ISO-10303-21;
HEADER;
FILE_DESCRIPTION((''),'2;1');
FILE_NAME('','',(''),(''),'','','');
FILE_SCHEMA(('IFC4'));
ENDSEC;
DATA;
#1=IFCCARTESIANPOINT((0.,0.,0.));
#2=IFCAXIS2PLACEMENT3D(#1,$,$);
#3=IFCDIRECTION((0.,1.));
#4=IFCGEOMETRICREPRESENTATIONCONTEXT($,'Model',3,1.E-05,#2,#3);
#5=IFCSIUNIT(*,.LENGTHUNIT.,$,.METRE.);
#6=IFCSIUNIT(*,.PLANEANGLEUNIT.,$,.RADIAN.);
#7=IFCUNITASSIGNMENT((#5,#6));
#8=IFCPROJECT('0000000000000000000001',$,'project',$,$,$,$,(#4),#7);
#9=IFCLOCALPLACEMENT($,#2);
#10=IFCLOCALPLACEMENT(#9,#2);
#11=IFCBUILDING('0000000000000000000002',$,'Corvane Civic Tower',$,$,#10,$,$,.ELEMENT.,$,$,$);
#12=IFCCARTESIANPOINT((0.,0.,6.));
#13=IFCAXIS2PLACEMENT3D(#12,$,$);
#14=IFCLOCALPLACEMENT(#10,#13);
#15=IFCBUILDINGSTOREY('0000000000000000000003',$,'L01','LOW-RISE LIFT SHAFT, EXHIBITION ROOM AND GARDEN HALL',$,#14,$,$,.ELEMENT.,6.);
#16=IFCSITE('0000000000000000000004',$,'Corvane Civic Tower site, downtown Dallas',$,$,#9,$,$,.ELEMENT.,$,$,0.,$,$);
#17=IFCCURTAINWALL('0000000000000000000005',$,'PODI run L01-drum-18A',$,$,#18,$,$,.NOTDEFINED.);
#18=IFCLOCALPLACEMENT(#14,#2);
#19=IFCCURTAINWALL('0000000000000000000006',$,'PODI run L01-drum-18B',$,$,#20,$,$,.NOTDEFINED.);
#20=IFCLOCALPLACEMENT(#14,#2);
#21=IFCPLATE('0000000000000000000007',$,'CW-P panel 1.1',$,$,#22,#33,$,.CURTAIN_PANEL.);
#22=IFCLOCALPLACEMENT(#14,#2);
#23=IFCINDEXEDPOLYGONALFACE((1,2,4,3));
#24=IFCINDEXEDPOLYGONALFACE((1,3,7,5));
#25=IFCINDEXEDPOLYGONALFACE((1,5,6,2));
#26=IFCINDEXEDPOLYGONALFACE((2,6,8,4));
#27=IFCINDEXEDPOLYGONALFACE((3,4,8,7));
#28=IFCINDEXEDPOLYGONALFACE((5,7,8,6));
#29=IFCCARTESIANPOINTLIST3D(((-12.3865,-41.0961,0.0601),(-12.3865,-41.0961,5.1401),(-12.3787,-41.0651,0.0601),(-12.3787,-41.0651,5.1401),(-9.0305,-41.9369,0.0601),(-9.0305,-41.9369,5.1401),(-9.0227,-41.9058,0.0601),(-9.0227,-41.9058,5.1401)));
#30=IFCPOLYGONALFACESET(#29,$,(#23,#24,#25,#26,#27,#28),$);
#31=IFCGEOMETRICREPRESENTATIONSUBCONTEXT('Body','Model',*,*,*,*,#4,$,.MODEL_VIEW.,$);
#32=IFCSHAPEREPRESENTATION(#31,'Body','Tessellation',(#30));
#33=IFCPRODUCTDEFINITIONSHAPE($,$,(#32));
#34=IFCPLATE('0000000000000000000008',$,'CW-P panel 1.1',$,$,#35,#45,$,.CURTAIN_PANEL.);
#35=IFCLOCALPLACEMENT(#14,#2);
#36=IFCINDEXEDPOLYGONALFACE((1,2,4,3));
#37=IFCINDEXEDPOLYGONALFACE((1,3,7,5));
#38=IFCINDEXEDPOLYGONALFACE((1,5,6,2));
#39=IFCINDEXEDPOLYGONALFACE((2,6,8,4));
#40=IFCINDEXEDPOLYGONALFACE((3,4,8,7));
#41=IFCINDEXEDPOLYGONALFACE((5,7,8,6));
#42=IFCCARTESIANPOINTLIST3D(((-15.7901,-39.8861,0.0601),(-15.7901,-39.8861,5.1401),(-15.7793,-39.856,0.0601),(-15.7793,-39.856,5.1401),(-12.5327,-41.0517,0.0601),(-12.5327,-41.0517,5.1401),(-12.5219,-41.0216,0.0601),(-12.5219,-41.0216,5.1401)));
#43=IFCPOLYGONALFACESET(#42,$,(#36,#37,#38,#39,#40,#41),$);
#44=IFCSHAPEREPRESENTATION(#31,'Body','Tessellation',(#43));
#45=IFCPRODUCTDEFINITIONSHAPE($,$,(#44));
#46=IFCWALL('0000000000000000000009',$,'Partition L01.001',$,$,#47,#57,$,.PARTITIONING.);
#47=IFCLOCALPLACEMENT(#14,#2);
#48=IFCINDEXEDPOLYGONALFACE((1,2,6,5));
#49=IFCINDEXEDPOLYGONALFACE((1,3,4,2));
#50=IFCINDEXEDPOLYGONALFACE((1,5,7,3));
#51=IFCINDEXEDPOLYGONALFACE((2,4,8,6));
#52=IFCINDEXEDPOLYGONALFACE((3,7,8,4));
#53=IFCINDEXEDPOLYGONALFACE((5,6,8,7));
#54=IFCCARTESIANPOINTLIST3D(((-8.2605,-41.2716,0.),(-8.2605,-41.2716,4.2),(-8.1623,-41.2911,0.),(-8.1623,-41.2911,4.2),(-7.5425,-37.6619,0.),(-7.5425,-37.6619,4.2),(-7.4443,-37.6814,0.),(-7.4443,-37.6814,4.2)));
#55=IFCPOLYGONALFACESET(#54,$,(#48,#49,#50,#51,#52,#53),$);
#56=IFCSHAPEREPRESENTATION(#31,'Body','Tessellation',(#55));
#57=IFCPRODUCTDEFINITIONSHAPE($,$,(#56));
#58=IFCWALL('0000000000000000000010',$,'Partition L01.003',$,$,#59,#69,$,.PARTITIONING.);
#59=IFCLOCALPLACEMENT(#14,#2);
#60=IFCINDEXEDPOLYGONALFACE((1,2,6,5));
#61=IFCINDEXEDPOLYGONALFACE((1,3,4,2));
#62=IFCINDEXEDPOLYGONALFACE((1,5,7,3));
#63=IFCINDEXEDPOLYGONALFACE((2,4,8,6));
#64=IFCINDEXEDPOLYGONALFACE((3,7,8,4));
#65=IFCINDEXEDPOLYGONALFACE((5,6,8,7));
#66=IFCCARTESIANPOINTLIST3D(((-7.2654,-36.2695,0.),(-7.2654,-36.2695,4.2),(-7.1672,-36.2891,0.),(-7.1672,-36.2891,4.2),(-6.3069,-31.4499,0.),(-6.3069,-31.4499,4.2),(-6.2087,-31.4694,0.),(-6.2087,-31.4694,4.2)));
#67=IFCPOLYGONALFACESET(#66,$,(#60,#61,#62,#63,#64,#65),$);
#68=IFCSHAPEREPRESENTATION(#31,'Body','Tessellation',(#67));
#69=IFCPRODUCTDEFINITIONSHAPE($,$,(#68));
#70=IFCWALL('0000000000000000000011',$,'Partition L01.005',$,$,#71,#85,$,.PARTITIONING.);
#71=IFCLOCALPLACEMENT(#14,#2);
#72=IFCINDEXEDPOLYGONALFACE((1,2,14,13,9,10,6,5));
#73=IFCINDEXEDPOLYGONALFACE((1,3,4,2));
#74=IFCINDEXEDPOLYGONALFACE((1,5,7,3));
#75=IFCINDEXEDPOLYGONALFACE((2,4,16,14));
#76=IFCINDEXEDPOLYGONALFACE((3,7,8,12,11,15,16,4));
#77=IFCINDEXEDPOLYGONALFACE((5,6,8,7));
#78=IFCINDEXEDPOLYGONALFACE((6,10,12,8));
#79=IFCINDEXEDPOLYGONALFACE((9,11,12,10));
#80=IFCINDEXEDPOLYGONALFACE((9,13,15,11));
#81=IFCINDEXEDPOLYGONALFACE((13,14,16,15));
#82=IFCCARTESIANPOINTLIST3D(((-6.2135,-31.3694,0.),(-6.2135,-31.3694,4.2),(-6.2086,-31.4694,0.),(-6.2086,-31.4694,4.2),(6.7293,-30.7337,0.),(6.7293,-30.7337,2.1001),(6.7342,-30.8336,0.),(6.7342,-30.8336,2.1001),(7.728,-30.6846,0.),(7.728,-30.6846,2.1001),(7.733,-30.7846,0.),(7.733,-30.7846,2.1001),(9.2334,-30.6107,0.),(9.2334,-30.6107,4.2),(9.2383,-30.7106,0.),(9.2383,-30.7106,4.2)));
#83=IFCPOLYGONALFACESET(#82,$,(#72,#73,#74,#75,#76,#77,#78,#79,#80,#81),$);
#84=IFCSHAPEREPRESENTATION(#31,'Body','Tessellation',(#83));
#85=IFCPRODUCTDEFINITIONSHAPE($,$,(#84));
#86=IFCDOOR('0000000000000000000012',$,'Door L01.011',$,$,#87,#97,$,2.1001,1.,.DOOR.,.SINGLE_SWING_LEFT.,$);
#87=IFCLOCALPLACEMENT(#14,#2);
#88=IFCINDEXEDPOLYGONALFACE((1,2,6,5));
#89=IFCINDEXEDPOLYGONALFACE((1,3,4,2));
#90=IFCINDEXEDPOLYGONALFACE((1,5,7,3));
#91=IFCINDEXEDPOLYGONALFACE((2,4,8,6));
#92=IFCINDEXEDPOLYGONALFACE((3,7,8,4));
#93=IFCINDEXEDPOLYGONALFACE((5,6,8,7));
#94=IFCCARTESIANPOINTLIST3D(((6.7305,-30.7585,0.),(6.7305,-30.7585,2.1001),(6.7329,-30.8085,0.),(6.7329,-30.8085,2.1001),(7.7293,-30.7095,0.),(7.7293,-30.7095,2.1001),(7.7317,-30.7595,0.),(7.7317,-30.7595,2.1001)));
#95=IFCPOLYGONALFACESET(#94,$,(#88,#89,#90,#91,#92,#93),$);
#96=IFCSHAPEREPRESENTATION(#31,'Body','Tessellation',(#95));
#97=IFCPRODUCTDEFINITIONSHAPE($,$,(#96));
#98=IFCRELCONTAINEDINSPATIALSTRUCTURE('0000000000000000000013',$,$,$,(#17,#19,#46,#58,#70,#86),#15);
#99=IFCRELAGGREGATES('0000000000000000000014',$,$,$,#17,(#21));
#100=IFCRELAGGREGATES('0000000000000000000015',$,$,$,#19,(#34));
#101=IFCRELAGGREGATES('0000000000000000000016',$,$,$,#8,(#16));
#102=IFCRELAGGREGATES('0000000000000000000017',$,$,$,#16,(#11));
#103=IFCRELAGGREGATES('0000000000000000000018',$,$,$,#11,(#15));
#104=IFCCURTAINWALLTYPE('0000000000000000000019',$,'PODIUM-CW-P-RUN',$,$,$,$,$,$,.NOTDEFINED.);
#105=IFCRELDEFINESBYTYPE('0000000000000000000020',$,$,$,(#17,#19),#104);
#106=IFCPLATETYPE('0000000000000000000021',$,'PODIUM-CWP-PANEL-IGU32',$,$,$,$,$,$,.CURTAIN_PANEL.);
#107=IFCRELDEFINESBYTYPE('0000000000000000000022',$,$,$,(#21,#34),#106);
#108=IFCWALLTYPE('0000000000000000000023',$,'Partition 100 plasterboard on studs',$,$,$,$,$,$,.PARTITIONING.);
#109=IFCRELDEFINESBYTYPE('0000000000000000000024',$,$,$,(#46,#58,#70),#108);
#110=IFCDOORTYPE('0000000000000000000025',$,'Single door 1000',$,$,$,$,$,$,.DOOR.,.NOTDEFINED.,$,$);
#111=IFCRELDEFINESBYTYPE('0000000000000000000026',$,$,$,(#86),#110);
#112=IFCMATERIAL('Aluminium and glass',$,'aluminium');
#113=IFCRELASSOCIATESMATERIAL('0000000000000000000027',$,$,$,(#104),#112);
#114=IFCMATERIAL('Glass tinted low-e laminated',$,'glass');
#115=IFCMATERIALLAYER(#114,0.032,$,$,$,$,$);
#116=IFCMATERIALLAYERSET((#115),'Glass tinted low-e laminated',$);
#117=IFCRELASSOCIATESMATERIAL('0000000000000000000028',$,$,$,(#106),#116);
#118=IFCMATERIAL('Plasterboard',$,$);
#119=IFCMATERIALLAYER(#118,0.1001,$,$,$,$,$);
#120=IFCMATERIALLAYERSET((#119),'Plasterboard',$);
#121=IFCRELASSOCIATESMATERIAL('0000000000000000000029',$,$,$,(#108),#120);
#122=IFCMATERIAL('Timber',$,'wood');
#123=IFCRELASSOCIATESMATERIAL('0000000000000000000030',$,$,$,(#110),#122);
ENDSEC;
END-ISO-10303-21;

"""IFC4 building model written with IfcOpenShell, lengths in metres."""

from ifc_helpers import new_model, si_unit, direction, frame, frame_2d, origin, origin_2d, place, context, subcontext, project, spatial, rectangle, extrude, material, layer, layer_set, type_object, element, fill, aggregate, save


model = new_model("IFC4")

# Units and contexts
model_context = context("Model", 3, precision=1e-05, world=origin(), true_north=direction((0.0, 1.0)))
body_context = subcontext(model_context, "Body", "Model", "MODEL_VIEW")
ifc_project = project(units=[si_unit("LENGTHUNIT", "METRE"), si_unit("PLANEANGLEUNIT", "RADIAN")], contexts=[model_context])

# Site, building, storey
site_placement = place(None, origin())
site = spatial("IfcSite", under=ifc_project, at=site_placement, Name="Corvane Civic Tower site, downtown Dallas", CompositionType="ELEMENT", RefElevation=0.0)
building_placement = place(site_placement, origin())
building = spatial("IfcBuilding", under=site, at=building_placement, Name="Corvane Civic Tower", CompositionType="ELEMENT")
storey_placement = place(building_placement, frame((0.0, 0.0, 6.0)))
storey = spatial("IfcBuildingStorey", under=building, at=storey_placement, Name="L01", Description="LOW-RISE LIFT SHAFT, EXHIBITION ROOM AND GARDEN HALL", CompositionType="ELEMENT", Elevation=6.0)

# Curtain wall
ifc_material_1 = material(Name="Aluminium and glass", Category="aluminium")
curtain_wall_type = type_object("IfcCurtainWallType", Name="PODIUM-CW-P-RUN", PredefinedType="NOTDEFINED", material=ifc_material_1)
curtain_wall_1_placement = place(storey_placement, origin())
curtain_wall_1 = element("IfcCurtainWall", 1, at=curtain_wall_1_placement, inside=storey, type_object=curtain_wall_type, Name="PODI run L01-drum-18A", PredefinedType="NOTDEFINED")

# Curtain wall
curtain_wall_2_placement = place(storey_placement, origin())
curtain_wall_2 = element("IfcCurtainWall", 2, at=curtain_wall_2_placement, inside=storey, type_object=curtain_wall_type, Name="PODI run L01-drum-18B", PredefinedType="NOTDEFINED")

# Plates
ifc_material_2 = material(Name="Glass tinted low-e laminated", Category="glass")
ifc_layer_1 = layer(ifc_material_2, 0.032)
ifc_layer_set_1 = layer_set([ifc_layer_1], Name="Glass tinted low-e laminated")
plate_type = type_object("IfcPlateType", Name="PODIUM-CWP-PANEL-IGU32", PredefinedType="CURTAIN_PANEL", material=ifc_layer_set_1)
plate_1_placement = place(storey_placement, frame((-10.7046, -41.501, 0.0601), z_axis=(0.0, 0.0, 1.0), x_axis=(-0.970024, 0.243009, 0.0)))
plate_1 = element("IfcPlate", 3, at=plate_1_placement, type_object=plate_type, Name="CW-P panel 1.1", PredefinedType="CURTAIN_PANEL", context=body_context, shape_type="SweptSolid", body=[
    extrude(rectangle(XDim=3.4597, YDim=0.032, at=origin_2d()), origin(), (0.0, 0.0, 1.0), 5.0801),
])
aggregate(curtain_wall_1, [plate_1])
plate_2_placement = place(storey_placement, frame((-14.156, -40.4539, 0.0601), z_axis=(0.0, 0.0, 1.0), x_axis=(-0.941534, 0.336919, 0.0)))
plate_2 = element("IfcPlate", 4, at=plate_2_placement, type_object=plate_type, Name="CW-P panel 1.1", PredefinedType="CURTAIN_PANEL", context=body_context, shape_type="SweptSolid", body=[
    extrude(rectangle(XDim=3.4597, YDim=0.032, at=origin_2d()), origin(), (0.0, 0.0, 1.0), 5.0801),
])
aggregate(curtain_wall_2, [plate_2])

# Walls
ifc_material_3 = material(Name="Plasterboard")
ifc_layer_2 = layer(ifc_material_3, 0.1001)
ifc_layer_set_2 = layer_set([ifc_layer_2], Name="Plasterboard")
wall_type_1 = type_object("IfcWallType", Name="Partition 100 plasterboard on studs", PredefinedType="PARTITIONING", material=ifc_layer_set_2)
wall_1_placement = place(storey_placement, frame((-8.2114, -41.2815, 0.0), z_axis=(0.0, 0.0, 1.0), x_axis=(0.195095, 0.980784, 0.0)))
element("IfcWall", 5, at=wall_1_placement, inside=storey, type_object=wall_type_1, Name="Partition L01.001", PredefinedType="PARTITIONING", context=body_context, shape_type="SweptSolid", body=[
    extrude(rectangle(XDim=3.6804, YDim=0.1001, at=frame_2d((1.8403, 0.0))), origin(), (0.0, 0.0, 1.0), 4.2),
])
wall_2_placement = place(storey_placement, frame((-7.2163, -36.2793, 0.0), z_axis=(0.0, 0.0, 1.0), x_axis=(0.195055, 0.980792, 0.0)))
element("IfcWall", 6, at=wall_2_placement, inside=storey, type_object=wall_type_1, Name="Partition L01.003", PredefinedType="PARTITIONING", context=body_context, shape_type="SweptSolid", body=[
    extrude(rectangle(XDim=4.9141, YDim=0.1001, at=frame_2d((2.457, 0.0))), origin(), (0.0, 0.0, 1.0), 4.2),
])

# Wall, opening, door
wall_3_placement = place(storey_placement, frame((-6.2112, -31.4194, 0.0), z_axis=(0.0, 0.0, 1.0), x_axis=(0.998796, 0.049063, 0.0)))
wall_3 = element("IfcWall", 7, at=wall_3_placement, inside=storey, type_object=wall_type_1, Name="Partition L01.005", PredefinedType="PARTITIONING", context=body_context, shape_type="SweptSolid", body=[
    extrude(rectangle(XDim=15.4656, YDim=0.1001, at=frame_2d((7.7329, 0.0))), origin(), (0.0, 0.0, 1.0), 4.2),
])
opening_1_placement = place(wall_3_placement, frame((12.9585, 0.0, 0.0)))
opening_1 = element("IfcOpeningElement", 8, at=opening_1_placement, cuts=wall_3, PredefinedType="OPENING", context=body_context, shape_type="SweptSolid", body=[
    extrude(rectangle(XDim=1.0, YDim=2.1001, at=frame_2d((0.5, 1.05))), frame((0.0, 0.0601, 0.0), z_axis=(0.0, -1.0, 0.0), x_axis=(1.0, 0.0, 0.0)), (0.0, 0.0, 1.0), 0.1201),
])
ifc_material_4 = material(Name="Timber", Category="wood")
door_type_1 = type_object("IfcDoorType", Name="Single door 1000", OperationType="NOTDEFINED", PredefinedType="DOOR", material=ifc_material_4)
door_1_placement = place(opening_1_placement, frame((1.0, 0.0, 0.0), z_axis=(0.0, 0.0, 1.0), x_axis=(-1.0, 0.0, 0.0)))
door_1 = element("IfcDoor", 9, at=door_1_placement, inside=storey, type_object=door_type_1, Name="Door L01.011", OperationType="SINGLE_SWING_LEFT", OverallHeight=2.1001, OverallWidth=1.0, PredefinedType="DOOR", context=body_context, shape_type="SweptSolid", body=[
    extrude(rectangle(XDim=1.0, YDim=2.1001, at=frame_2d((0.5, 1.05))), frame((0.0, 0.0249, 0.0), z_axis=(0.0, -1.0, 0.0), x_axis=(1.0, 0.0, 0.0)), (0.0, 0.0, 1.0), 0.05),
])
fill(opening_1, door_1)

save(model, "model.ifc")
